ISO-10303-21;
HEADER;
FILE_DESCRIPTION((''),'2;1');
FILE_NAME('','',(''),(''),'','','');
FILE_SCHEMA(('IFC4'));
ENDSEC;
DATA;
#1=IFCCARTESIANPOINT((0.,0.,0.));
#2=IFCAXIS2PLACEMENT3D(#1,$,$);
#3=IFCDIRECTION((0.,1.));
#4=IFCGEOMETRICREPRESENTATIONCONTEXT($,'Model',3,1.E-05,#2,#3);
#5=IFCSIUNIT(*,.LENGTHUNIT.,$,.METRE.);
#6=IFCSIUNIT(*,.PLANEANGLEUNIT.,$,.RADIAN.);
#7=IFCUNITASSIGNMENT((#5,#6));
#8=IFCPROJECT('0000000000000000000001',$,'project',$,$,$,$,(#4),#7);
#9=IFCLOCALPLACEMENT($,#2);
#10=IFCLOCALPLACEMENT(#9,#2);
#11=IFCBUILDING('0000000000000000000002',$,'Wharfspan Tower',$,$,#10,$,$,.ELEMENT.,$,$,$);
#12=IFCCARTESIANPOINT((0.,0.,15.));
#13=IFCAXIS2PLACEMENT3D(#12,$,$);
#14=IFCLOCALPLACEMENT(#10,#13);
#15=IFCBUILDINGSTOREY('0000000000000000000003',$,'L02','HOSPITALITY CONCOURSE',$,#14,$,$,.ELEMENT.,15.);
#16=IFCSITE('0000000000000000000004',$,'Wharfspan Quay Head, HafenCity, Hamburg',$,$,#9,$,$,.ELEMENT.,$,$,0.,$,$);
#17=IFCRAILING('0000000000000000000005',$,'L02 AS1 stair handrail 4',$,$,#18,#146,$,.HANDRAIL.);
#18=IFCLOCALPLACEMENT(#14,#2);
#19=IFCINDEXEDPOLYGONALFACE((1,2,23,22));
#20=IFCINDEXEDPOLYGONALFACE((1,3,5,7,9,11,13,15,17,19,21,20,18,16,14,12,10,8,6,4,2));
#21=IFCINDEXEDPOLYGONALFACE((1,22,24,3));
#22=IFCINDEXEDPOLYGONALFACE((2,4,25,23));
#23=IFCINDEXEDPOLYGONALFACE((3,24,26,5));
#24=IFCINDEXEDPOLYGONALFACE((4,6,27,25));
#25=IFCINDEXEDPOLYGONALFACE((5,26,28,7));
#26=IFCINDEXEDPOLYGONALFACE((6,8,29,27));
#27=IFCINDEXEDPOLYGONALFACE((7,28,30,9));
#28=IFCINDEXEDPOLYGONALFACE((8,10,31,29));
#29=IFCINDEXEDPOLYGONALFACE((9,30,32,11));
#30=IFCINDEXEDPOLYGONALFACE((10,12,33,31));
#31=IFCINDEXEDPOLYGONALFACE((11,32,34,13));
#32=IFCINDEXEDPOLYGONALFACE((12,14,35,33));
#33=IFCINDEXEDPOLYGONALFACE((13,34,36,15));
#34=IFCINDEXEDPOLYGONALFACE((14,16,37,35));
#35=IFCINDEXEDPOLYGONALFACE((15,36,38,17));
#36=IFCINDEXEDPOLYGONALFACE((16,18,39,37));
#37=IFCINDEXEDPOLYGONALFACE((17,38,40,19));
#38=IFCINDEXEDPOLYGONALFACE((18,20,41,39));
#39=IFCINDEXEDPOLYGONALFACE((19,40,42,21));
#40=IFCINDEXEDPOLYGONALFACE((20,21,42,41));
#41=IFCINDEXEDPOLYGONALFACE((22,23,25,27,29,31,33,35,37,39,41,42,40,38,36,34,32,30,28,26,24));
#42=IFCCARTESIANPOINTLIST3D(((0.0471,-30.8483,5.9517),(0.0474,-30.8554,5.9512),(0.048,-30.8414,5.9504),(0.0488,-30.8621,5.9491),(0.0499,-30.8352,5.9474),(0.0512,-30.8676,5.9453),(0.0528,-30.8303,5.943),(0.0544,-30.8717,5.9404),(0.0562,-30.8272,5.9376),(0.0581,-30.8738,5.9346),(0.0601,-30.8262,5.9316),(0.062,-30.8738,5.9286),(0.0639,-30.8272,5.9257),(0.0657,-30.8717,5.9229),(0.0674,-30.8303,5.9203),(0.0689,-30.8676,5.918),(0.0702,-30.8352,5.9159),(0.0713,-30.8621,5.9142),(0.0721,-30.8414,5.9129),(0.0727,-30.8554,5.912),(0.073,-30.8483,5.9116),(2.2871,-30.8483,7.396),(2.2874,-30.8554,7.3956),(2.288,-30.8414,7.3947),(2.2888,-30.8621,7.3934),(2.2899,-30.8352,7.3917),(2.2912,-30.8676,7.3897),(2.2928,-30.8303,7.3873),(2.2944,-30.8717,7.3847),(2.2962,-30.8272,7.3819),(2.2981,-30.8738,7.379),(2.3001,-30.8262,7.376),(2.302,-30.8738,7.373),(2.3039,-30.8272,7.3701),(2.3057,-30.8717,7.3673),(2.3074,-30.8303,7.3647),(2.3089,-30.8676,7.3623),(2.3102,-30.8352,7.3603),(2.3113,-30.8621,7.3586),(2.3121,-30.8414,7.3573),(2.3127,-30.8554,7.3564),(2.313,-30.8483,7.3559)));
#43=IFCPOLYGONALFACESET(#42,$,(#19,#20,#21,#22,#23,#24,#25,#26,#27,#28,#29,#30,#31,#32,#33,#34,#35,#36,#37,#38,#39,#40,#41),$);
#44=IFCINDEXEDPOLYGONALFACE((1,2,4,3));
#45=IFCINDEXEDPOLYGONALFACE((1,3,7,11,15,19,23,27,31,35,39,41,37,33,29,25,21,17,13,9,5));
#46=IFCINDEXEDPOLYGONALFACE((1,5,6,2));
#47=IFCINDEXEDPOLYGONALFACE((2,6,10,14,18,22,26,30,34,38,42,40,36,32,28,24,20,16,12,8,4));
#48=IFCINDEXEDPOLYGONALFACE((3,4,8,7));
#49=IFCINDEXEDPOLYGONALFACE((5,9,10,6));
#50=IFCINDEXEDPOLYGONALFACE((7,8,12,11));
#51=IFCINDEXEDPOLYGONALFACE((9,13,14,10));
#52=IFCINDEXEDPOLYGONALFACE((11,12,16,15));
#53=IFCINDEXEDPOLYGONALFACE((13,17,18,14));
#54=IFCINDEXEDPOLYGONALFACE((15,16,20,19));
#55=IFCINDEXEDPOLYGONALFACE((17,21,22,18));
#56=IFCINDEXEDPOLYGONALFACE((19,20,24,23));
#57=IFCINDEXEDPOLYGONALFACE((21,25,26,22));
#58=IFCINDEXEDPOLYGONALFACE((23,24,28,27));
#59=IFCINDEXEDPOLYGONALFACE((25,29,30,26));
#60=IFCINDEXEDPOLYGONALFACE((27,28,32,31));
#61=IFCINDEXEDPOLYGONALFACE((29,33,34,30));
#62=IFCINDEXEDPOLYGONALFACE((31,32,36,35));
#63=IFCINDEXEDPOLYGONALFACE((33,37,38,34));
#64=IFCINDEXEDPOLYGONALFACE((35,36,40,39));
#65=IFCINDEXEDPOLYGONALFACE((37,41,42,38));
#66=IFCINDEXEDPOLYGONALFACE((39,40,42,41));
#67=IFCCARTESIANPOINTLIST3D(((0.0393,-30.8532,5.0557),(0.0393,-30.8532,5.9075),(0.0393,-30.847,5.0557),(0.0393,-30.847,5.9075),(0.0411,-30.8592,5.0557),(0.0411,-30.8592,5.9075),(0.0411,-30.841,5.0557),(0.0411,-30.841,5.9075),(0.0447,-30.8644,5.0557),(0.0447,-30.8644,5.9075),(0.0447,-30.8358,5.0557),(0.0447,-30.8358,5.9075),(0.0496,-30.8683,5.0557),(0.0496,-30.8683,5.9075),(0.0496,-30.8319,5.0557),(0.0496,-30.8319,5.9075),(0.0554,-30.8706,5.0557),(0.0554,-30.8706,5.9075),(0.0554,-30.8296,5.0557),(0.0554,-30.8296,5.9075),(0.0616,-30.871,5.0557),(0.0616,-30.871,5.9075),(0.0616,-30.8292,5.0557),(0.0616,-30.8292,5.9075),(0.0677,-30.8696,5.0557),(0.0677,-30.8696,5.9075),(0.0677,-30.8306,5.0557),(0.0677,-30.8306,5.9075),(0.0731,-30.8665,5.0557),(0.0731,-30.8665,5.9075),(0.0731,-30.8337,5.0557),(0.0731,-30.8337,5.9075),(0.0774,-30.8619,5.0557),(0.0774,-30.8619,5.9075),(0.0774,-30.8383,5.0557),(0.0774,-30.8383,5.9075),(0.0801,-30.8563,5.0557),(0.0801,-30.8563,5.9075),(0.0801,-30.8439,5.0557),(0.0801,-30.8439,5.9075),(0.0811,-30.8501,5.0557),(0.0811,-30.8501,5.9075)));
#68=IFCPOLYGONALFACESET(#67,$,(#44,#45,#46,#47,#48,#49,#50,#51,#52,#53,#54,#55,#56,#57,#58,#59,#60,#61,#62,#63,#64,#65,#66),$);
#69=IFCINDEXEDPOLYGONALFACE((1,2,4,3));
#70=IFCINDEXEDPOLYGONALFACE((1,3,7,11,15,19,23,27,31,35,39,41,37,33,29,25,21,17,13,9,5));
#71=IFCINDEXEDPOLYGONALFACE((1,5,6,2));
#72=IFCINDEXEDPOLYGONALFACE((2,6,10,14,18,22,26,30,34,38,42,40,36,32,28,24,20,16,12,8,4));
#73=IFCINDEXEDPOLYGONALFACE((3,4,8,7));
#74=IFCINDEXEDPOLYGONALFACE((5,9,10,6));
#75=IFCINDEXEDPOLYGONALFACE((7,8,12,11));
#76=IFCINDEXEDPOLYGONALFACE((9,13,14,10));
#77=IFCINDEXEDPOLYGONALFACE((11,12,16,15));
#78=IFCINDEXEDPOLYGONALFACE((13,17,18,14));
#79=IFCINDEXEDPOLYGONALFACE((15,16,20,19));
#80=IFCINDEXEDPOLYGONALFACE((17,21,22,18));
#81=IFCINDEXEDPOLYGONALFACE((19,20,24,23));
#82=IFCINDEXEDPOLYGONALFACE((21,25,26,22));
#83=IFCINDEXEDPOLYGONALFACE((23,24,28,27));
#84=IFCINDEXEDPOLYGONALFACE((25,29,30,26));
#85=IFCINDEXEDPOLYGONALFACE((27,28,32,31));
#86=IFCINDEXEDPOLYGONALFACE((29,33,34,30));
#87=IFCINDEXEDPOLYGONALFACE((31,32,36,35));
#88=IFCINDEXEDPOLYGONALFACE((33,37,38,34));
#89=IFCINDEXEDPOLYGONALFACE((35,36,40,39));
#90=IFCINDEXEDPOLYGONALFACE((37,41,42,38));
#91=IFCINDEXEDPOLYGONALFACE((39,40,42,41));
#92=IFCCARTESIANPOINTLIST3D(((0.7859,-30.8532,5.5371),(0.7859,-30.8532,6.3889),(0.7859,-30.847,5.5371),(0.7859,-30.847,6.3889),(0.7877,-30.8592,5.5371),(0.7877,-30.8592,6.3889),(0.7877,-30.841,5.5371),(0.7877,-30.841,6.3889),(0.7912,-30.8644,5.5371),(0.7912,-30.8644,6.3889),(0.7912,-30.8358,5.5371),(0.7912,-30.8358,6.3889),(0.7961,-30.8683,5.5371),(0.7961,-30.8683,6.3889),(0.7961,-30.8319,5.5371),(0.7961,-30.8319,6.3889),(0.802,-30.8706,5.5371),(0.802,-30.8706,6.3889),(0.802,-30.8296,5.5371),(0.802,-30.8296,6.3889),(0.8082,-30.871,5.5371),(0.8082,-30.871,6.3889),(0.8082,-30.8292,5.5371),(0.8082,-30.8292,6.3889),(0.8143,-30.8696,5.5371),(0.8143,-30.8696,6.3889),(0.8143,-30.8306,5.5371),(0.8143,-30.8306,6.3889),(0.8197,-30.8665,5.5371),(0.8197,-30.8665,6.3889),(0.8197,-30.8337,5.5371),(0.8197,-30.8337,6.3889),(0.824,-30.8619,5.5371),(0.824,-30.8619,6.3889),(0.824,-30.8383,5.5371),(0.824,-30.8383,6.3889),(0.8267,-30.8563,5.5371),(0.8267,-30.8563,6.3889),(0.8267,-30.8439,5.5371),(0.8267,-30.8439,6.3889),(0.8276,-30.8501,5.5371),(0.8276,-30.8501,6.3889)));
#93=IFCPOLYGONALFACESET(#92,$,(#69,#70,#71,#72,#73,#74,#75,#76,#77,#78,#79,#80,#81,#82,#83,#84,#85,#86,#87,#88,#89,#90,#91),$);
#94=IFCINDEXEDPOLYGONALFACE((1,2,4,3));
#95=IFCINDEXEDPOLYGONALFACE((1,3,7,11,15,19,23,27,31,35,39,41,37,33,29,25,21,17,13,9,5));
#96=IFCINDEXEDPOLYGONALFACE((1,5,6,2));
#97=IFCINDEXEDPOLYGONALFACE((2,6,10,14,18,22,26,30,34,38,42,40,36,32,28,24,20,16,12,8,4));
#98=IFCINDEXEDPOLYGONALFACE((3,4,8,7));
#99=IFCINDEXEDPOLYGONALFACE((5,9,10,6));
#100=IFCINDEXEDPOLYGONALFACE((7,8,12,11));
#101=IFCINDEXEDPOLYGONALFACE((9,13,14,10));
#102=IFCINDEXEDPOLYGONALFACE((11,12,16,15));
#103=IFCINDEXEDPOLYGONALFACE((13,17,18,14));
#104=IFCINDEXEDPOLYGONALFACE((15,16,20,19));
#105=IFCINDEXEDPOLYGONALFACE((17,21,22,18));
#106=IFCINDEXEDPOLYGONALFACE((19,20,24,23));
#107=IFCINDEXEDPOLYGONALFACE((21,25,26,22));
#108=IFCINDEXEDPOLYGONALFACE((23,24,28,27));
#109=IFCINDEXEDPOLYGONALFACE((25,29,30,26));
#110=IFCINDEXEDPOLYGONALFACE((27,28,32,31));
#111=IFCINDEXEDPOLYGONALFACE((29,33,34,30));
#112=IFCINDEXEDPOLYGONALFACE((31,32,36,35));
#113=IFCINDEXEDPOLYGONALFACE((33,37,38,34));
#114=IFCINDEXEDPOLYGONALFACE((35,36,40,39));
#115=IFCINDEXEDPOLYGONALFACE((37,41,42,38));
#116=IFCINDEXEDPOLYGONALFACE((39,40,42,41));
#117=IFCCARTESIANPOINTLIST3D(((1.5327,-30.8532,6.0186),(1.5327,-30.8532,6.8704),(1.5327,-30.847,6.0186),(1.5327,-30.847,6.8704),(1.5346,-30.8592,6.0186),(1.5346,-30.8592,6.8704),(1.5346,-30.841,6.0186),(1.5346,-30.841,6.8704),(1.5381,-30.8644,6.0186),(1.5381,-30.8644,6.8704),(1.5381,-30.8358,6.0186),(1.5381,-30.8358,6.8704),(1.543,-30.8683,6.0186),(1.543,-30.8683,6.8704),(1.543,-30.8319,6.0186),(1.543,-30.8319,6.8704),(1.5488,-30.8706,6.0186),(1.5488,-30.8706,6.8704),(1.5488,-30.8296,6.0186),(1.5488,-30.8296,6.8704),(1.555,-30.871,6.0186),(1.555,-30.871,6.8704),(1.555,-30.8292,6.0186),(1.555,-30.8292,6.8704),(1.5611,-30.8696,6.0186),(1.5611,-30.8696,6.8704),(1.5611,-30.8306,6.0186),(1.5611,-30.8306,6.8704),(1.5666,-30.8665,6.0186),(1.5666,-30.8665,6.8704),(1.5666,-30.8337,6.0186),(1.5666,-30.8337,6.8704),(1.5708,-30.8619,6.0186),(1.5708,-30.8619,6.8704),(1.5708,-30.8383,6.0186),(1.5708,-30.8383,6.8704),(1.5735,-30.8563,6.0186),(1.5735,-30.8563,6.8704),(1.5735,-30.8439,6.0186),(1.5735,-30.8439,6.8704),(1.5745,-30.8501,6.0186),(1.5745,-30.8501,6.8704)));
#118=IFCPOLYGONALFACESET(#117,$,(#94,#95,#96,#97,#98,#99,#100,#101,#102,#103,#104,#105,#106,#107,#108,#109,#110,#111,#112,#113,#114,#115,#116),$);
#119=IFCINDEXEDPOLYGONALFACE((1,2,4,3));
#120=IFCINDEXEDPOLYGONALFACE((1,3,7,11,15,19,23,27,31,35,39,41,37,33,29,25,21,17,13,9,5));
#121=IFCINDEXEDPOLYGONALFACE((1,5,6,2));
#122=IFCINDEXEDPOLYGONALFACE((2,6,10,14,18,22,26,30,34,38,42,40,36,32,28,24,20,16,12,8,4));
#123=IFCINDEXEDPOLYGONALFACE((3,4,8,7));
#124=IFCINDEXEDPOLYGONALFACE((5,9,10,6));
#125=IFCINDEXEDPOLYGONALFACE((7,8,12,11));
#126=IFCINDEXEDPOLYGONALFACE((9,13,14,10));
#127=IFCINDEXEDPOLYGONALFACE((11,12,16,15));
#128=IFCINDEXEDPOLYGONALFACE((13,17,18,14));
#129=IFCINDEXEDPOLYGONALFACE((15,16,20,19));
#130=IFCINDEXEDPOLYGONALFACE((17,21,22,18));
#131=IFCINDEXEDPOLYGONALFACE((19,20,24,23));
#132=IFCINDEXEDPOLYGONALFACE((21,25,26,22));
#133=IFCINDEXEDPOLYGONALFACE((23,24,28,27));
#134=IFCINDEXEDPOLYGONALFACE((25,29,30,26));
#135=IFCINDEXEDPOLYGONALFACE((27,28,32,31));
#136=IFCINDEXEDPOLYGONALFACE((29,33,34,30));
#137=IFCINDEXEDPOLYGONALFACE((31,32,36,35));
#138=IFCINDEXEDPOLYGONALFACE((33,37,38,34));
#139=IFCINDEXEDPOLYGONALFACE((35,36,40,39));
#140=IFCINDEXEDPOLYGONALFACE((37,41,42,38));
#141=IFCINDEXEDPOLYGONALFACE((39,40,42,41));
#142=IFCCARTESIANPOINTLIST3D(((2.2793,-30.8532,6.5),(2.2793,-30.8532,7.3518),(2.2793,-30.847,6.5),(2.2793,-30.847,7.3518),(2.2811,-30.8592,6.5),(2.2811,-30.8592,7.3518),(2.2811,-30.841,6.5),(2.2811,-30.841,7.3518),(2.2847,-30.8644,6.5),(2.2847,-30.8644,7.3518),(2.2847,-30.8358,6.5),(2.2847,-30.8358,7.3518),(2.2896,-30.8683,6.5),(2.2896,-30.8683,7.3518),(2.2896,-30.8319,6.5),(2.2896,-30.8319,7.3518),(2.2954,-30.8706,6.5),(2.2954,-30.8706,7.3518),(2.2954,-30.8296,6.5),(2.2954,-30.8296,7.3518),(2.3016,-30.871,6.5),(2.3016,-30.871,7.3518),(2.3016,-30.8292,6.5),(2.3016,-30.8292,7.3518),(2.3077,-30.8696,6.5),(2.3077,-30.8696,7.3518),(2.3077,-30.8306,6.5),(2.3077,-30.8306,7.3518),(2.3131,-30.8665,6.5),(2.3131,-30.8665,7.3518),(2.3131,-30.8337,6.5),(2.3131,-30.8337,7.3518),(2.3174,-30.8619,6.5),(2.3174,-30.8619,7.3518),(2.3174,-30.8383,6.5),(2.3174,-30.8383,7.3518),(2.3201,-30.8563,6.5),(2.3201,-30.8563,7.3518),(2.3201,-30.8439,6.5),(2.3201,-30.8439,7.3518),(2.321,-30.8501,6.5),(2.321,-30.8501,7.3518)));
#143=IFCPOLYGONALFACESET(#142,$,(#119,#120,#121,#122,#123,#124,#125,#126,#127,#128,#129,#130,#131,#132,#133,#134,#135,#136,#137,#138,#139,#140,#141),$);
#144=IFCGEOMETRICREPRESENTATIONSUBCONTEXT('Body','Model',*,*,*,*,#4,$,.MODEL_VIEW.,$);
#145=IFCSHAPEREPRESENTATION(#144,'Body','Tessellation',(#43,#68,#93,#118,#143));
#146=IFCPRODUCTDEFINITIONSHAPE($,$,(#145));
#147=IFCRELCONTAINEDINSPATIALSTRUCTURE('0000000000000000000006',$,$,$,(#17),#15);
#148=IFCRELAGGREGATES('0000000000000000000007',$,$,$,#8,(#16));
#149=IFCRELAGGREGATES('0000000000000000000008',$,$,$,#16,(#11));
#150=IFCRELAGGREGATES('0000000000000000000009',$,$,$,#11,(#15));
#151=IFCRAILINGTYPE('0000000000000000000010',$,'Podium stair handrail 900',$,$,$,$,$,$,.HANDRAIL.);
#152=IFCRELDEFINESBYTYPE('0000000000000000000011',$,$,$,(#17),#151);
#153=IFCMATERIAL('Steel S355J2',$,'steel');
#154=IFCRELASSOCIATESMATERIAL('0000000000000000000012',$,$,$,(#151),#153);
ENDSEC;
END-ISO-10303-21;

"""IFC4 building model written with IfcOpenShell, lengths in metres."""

from ifc_helpers import new_model, si_unit, direction, frame, origin, origin_2d, place, context, subcontext, project, spatial, circle, extrude, material, type_object, element, save


model = new_model("IFC4")

# Units and contexts
model_context = context("Model", 3, precision=1e-05, world=origin(), true_north=direction((0.0, 1.0)))
body_context = subcontext(model_context, "Body", "Model", "MODEL_VIEW")
ifc_project = project(units=[si_unit("LENGTHUNIT", "METRE"), si_unit("PLANEANGLEUNIT", "RADIAN")], contexts=[model_context])

# Site, building, storey
site_placement = place(None, origin())
site = spatial("IfcSite", under=ifc_project, at=site_placement, Name="Wharfspan Quay Head, HafenCity, Hamburg", CompositionType="ELEMENT", RefElevation=0.0)
building_placement = place(site_placement, origin())
building = spatial("IfcBuilding", under=site, at=building_placement, Name="Wharfspan Tower", CompositionType="ELEMENT")
storey_placement = place(building_placement, frame((0.0, 0.0, 15.0)))
storey = spatial("IfcBuildingStorey", under=building, at=storey_placement, Name="L02", Description="HOSPITALITY CONCOURSE", CompositionType="ELEMENT", Elevation=15.0)

# Railing
ifc_material_1 = material(Name="Steel S355J2", Category="steel")
railing_type_1 = type_object("IfcRailingType", Name="Podium stair handrail 900", PredefinedType="HANDRAIL", material=ifc_material_1)
railing_1_placement = place(storey_placement, frame((0.0601, -30.8501, 5.0557)))
element("IfcRailing", 1, at=railing_1_placement, inside=storey, type_object=railing_type_1, Name="L02 AS1 stair handrail 4", PredefinedType="HANDRAIL", context=body_context, shape_type="SweptSolid", body=[
    extrude(circle(Radius=0.0239, at=origin_2d()), frame((0.0, 0.0, 0.876), z_axis=(0.840437, 0.0, 0.54191), x_axis=(0.0, 1.0, 0.0)), (0.0, 0.0, 1.0), 2.6653),
    extrude(circle(Radius=0.021, at=origin_2d()), origin(), (0.0, 0.0, 1.0), 0.8518),
    extrude(circle(Radius=0.021, at=origin_2d()), frame((0.7466, 0.0, 0.4814)), (0.0, 0.0, 1.0), 0.8518),
    extrude(circle(Radius=0.021, at=origin_2d()), frame((1.4934, 0.0, 0.9629)), (0.0, 0.0, 1.0), 0.8518),
    extrude(circle(Radius=0.021, at=origin_2d()), frame((2.24, 0.0, 1.4443)), (0.0, 0.0, 1.0), 0.8518),
])

save(model, "model.ifc")
